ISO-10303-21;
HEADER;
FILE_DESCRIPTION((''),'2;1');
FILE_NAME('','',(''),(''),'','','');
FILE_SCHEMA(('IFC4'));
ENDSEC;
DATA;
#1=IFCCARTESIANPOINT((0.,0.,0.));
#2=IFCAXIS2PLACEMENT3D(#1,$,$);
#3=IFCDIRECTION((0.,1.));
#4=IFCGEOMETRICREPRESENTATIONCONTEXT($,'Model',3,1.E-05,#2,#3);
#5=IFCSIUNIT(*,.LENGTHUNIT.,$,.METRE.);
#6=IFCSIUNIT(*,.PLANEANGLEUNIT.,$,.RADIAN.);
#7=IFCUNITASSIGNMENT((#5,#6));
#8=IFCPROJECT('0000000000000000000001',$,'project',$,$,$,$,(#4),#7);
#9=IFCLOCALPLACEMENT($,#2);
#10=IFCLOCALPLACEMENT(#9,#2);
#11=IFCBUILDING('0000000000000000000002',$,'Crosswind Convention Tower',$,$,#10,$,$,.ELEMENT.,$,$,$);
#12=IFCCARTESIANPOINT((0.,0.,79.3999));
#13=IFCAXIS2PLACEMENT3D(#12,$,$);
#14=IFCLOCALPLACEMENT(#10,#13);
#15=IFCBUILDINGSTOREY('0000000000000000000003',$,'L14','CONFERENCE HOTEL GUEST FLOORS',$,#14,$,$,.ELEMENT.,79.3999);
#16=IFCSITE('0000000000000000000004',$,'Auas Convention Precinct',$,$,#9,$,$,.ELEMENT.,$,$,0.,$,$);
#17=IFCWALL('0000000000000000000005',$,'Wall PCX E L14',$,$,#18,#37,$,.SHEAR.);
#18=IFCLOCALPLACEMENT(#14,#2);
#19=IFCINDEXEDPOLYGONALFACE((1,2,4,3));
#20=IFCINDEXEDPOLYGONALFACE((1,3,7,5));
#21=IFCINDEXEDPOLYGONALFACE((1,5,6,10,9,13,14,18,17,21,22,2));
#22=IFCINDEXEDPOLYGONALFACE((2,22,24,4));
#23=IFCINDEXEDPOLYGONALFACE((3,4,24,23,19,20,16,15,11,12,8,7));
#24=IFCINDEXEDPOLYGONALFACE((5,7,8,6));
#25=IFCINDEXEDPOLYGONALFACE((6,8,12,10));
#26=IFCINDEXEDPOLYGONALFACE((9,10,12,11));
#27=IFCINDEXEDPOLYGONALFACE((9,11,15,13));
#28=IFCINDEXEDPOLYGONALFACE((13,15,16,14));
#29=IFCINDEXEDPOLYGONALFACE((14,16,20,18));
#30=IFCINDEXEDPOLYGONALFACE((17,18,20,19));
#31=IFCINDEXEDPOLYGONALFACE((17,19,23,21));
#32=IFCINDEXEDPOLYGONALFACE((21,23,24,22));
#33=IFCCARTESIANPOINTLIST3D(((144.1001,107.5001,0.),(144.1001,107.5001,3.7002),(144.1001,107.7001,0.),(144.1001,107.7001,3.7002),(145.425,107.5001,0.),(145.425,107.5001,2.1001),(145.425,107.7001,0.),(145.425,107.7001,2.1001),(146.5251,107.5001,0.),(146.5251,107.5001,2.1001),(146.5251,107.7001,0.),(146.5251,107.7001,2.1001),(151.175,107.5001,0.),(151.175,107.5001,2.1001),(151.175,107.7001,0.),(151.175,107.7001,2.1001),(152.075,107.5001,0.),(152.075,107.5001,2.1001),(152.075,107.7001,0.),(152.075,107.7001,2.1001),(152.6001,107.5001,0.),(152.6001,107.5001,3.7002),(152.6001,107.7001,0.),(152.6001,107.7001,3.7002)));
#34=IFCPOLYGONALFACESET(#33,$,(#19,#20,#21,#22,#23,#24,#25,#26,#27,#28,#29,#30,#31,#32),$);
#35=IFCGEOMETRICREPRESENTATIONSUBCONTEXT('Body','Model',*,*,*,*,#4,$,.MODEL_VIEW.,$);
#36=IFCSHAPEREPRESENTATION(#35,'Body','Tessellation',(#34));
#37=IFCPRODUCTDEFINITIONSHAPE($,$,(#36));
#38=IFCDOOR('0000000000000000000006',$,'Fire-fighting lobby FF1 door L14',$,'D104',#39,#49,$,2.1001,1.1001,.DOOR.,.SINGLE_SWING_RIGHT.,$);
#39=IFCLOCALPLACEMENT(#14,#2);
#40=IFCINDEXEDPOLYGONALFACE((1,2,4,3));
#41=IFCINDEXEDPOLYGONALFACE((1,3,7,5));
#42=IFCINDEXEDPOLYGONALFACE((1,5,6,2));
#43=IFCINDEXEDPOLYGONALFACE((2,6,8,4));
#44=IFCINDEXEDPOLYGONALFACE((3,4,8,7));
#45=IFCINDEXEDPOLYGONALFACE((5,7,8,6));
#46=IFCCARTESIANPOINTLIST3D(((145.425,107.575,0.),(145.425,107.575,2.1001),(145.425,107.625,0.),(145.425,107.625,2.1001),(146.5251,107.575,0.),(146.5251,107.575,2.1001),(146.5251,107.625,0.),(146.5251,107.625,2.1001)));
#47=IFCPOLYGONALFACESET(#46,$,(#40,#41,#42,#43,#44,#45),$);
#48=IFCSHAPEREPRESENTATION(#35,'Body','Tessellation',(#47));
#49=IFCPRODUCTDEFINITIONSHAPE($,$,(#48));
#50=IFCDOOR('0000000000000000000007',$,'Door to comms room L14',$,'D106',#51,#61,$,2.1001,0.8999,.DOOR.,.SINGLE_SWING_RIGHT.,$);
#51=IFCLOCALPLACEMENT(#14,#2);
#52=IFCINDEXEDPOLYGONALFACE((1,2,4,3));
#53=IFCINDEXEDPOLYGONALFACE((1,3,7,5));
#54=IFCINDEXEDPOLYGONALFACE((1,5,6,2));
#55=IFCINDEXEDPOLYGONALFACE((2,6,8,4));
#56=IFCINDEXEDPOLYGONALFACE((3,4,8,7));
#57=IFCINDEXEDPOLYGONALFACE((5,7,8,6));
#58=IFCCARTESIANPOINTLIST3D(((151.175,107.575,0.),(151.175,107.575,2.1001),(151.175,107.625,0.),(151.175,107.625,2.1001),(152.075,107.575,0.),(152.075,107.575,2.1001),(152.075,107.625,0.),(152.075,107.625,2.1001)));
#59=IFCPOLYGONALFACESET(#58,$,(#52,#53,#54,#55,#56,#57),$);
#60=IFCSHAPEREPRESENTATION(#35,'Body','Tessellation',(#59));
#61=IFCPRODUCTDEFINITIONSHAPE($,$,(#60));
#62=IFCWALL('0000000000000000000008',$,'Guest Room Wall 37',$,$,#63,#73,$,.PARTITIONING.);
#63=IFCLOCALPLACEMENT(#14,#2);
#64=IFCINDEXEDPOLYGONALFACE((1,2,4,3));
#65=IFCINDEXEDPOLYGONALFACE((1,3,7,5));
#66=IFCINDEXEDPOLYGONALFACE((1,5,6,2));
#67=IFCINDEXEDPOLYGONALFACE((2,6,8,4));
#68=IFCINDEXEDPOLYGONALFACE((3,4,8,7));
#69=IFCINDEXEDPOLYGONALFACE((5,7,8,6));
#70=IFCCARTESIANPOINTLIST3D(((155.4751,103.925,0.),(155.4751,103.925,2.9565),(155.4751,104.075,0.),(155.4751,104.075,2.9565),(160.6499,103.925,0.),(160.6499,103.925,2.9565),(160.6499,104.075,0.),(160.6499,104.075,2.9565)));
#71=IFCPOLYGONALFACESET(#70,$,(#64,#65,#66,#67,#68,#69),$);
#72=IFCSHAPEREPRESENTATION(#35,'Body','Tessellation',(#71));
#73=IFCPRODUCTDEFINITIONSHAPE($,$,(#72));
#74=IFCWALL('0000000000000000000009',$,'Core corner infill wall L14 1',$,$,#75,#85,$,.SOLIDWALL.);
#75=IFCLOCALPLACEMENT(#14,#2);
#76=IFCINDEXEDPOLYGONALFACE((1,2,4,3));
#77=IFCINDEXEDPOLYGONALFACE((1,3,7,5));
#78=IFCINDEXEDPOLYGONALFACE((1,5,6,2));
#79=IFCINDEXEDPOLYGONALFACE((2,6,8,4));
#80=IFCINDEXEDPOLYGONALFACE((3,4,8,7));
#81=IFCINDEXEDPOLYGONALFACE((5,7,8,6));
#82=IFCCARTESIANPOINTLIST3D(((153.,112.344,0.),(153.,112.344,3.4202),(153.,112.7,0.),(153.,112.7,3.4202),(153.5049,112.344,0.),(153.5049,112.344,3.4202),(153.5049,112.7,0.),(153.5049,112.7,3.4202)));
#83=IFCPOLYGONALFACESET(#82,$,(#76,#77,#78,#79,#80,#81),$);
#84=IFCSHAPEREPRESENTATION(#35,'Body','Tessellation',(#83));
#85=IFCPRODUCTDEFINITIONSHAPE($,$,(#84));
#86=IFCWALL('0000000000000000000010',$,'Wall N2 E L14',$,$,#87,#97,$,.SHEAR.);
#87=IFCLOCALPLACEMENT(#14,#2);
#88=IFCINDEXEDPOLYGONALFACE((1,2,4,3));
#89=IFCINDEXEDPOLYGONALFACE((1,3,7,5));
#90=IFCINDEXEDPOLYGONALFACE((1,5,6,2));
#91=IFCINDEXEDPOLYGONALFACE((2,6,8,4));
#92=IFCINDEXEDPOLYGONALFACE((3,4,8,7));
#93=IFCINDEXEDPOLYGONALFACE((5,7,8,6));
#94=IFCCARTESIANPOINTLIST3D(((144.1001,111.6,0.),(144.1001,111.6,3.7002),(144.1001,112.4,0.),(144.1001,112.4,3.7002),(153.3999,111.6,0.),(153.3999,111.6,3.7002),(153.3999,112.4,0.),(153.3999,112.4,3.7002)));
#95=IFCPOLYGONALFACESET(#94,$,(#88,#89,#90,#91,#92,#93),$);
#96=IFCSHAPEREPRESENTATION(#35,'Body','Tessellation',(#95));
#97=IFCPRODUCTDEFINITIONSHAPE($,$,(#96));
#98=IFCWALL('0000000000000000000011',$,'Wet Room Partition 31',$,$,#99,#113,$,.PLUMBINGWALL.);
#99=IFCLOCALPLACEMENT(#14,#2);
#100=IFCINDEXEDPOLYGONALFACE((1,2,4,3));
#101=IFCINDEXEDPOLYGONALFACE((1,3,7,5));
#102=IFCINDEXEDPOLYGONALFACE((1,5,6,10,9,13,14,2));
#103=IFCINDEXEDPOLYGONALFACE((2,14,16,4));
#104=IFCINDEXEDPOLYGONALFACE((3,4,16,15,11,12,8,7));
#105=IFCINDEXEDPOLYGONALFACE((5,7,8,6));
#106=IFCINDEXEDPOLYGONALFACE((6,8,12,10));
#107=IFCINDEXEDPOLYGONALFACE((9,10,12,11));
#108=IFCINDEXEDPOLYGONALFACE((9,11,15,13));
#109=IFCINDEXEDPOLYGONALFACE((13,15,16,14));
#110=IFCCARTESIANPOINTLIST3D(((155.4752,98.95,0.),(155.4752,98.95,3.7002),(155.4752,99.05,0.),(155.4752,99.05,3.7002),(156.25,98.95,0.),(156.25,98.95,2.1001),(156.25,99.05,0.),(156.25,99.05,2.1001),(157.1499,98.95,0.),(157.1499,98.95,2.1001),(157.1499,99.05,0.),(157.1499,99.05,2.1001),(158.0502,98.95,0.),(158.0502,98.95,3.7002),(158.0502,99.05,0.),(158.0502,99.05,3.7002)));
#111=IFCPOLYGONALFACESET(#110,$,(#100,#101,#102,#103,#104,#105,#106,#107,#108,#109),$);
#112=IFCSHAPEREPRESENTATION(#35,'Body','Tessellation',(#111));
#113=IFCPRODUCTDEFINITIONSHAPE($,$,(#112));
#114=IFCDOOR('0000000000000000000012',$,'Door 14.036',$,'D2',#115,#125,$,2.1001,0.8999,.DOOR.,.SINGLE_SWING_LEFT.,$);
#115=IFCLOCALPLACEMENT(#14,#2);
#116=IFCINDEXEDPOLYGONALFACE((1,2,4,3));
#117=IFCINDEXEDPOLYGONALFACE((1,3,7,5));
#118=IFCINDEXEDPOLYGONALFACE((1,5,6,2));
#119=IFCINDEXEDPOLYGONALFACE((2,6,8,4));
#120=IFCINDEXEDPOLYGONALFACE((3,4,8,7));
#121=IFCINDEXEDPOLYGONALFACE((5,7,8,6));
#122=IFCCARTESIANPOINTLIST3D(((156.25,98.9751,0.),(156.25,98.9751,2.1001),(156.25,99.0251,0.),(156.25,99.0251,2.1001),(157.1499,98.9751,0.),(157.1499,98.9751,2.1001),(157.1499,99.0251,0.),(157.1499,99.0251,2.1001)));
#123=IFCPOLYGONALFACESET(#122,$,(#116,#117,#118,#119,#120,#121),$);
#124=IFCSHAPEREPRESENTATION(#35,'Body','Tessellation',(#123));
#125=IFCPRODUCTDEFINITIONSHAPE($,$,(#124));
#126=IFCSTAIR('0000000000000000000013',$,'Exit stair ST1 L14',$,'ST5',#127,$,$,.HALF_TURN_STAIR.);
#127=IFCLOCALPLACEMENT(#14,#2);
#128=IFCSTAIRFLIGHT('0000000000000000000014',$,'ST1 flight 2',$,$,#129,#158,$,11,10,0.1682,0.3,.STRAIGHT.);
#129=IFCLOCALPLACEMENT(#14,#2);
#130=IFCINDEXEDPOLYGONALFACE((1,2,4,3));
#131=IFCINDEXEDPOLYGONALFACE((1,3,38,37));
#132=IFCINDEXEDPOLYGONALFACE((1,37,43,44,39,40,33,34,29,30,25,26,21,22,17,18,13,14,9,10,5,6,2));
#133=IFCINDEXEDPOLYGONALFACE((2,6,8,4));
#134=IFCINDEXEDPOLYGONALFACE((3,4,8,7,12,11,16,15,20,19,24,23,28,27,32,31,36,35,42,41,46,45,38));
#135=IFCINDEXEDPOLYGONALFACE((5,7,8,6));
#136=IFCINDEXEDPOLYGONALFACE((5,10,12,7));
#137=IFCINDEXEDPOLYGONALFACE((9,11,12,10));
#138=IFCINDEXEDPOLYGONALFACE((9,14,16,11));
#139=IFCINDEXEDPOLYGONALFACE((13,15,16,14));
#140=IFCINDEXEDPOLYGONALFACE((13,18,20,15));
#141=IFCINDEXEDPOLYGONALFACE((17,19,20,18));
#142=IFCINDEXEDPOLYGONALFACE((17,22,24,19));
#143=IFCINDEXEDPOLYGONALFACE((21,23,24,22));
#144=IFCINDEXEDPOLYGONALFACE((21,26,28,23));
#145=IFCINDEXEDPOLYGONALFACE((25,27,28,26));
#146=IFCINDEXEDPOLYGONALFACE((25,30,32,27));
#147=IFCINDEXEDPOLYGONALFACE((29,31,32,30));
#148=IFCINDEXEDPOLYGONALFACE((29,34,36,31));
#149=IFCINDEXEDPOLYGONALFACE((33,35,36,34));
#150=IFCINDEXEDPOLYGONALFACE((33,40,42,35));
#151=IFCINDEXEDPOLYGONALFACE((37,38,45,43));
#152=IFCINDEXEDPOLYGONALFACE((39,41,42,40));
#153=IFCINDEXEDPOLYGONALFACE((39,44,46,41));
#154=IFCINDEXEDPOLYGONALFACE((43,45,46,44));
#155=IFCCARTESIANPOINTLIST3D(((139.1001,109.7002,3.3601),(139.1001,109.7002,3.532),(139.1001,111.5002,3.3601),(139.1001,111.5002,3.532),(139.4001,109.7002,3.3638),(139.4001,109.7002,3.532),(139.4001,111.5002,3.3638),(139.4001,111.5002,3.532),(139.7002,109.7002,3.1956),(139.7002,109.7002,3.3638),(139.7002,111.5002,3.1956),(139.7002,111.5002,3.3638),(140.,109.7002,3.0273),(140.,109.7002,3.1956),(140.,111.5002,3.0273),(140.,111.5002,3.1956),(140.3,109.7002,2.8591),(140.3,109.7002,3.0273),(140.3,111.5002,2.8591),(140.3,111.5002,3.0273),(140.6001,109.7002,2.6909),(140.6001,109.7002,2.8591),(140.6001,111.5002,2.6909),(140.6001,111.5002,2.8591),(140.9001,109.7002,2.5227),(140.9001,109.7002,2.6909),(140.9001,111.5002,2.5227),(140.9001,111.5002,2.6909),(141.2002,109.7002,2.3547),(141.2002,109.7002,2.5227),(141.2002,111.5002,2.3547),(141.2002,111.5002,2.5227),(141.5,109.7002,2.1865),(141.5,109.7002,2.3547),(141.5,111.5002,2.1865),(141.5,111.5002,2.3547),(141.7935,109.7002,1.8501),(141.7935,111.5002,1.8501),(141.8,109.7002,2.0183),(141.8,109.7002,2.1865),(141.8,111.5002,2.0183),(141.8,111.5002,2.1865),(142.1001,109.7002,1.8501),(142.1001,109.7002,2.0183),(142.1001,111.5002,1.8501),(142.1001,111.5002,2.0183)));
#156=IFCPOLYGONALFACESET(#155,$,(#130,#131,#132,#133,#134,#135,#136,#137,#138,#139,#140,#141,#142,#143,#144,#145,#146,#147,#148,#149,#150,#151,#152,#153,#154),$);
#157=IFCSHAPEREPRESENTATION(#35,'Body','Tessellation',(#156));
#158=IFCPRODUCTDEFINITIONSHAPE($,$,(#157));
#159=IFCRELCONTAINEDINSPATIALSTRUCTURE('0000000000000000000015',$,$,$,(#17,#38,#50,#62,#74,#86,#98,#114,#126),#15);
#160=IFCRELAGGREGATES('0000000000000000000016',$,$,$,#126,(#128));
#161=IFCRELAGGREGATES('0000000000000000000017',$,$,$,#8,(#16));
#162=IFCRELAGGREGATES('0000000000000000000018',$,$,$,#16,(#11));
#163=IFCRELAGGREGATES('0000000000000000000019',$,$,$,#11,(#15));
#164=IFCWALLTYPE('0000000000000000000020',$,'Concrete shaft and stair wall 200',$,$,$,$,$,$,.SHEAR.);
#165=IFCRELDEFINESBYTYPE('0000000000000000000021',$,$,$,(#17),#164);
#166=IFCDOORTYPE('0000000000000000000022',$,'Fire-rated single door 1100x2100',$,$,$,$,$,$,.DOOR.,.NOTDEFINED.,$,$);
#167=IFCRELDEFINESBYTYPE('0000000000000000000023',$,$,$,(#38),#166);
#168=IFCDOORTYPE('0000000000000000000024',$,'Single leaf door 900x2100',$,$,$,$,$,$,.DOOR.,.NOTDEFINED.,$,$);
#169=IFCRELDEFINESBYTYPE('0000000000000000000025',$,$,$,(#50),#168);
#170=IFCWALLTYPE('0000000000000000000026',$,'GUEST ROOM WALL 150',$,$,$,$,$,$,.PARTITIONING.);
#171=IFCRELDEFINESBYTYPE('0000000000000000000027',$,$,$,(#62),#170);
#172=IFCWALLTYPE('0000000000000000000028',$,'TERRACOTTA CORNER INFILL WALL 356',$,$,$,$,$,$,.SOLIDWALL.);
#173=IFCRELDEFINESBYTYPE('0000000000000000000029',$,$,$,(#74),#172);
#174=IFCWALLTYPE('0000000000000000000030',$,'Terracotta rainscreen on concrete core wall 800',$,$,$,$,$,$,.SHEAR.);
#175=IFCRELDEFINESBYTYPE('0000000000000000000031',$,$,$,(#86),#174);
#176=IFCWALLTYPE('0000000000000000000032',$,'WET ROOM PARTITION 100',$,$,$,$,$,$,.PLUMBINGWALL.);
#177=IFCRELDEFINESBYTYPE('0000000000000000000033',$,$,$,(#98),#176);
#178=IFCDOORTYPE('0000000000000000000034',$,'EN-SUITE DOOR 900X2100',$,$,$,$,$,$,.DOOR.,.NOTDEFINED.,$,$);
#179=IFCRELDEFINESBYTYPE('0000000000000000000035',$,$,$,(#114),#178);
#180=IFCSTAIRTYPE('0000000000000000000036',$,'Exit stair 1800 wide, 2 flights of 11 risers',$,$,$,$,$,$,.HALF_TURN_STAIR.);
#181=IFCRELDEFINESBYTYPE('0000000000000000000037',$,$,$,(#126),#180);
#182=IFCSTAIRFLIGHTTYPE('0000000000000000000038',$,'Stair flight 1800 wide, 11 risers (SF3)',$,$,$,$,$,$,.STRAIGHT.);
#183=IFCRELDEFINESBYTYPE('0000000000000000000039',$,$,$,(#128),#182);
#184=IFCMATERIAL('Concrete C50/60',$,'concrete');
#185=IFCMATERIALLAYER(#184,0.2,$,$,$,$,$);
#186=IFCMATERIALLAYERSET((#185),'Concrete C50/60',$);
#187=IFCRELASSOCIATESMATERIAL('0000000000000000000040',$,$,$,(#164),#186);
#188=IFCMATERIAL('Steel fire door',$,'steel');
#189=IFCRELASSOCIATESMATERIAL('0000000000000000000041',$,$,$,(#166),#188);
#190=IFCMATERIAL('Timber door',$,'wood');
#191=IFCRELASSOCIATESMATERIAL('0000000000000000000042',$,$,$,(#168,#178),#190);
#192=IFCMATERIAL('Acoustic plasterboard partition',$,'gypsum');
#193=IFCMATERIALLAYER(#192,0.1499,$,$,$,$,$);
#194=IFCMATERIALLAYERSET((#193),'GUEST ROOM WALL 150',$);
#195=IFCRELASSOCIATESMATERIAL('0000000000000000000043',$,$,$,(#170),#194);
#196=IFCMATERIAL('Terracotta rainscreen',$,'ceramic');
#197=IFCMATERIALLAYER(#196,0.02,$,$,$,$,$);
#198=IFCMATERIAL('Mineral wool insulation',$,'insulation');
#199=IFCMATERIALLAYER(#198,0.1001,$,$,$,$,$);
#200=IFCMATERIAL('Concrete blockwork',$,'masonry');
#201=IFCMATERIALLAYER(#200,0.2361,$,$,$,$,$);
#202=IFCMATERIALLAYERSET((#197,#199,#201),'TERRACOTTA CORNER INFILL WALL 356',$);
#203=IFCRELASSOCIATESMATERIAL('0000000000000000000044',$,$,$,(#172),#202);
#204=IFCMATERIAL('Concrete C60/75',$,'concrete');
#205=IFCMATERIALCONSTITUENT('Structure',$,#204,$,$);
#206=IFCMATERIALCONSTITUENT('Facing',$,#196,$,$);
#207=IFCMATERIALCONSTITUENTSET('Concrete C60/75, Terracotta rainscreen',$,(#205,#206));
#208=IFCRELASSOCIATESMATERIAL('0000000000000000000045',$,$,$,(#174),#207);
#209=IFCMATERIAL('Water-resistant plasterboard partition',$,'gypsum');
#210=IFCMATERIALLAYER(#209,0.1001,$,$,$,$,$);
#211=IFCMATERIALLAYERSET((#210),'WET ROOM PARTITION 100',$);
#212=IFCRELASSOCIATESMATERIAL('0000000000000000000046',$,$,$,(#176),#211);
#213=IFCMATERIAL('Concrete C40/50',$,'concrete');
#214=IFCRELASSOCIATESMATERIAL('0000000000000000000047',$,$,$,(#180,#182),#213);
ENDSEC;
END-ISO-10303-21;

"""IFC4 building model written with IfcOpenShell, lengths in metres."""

from ifc_helpers import new_model, si_unit, direction, frame, frame_2d, origin, place, context, subcontext, project, spatial, polyline, rectangle, outline, extrude, material, layer, layer_set, constituent, constituent_set, type_object, element, fill, aggregate, save


model = new_model("IFC4")

# Units and contexts
model_context = context("Model", 3, precision=1e-05, world=origin(), true_north=direction((0.0, 1.0)))
body_context = subcontext(model_context, "Body", "Model", "MODEL_VIEW")
ifc_project = project(units=[si_unit("LENGTHUNIT", "METRE"), si_unit("PLANEANGLEUNIT", "RADIAN")], contexts=[model_context])

# Site, building, storey
site_placement = place(None, origin())
site = spatial("IfcSite", under=ifc_project, at=site_placement, Name="Auas Convention Precinct", CompositionType="ELEMENT", RefElevation=0.0)
building_placement = place(site_placement, origin())
building = spatial("IfcBuilding", under=site, at=building_placement, Name="Crosswind Convention Tower", CompositionType="ELEMENT")
storey_placement = place(building_placement, frame((0.0, 0.0, 79.3999)))
storey = spatial("IfcBuildingStorey", under=building, at=storey_placement, Name="L14", Description="CONFERENCE HOTEL GUEST FLOORS", CompositionType="ELEMENT", Elevation=79.3999)

# Shared definitions
ifc_material_1 = material(Name="Concrete C50/60", Category="concrete")
ifc_layer_1 = layer(ifc_material_1, 0.2)
ifc_layer_set_1 = layer_set([ifc_layer_1], Name="Concrete C50/60")
wall_type_1 = type_object("IfcWallType", Name="Concrete shaft and stair wall 200", PredefinedType="SHEAR", material=ifc_layer_set_1)

# Wall, openings, doors
wall_1_placement = place(storey_placement, frame((144.1001, 107.6001, 0.0), z_axis=(0.0, 0.0, 1.0), x_axis=(1.0, 0.0, 0.0)))
wall_1 = element("IfcWall", 1, at=wall_1_placement, inside=storey, type_object=wall_type_1, Name="Wall PCX E L14", PredefinedType="SHEAR", context=body_context, shape_type="SweptSolid", body=[
    extrude(rectangle(XDim=8.5, YDim=0.2, at=frame_2d((4.25, 0.0))), origin(), (0.0, 0.0, 1.0), 3.7002),
])
opening_1_placement = place(wall_1_placement, frame((1.325, 0.0, 0.0)))
opening_1 = element("IfcOpeningElement", 2, at=opening_1_placement, cuts=wall_1, PredefinedType="OPENING", context=body_context, shape_type="SweptSolid", body=[
    extrude(rectangle(XDim=1.1001, YDim=2.1001, at=frame_2d((0.55, 1.05))), frame((0.0, 0.1099, 0.0), z_axis=(0.0, -1.0, 0.0), x_axis=(1.0, 0.0, 0.0)), (0.0, 0.0, 1.0), 0.22),
])
opening_2_placement = place(wall_1_placement, frame((7.075, 0.0, 0.0)))
opening_2 = element("IfcOpeningElement", 3, at=opening_2_placement, cuts=wall_1, PredefinedType="OPENING", context=body_context, shape_type="SweptSolid", body=[
    extrude(rectangle(XDim=0.8999, YDim=2.1001, at=frame_2d((0.45, 1.05))), frame((0.0, 0.1099, 0.0), z_axis=(0.0, -1.0, 0.0), x_axis=(1.0, 0.0, 0.0)), (0.0, 0.0, 1.0), 0.22),
])
ifc_material_2 = material(Name="Steel fire door", Category="steel")
door_type_1 = type_object("IfcDoorType", Name="Fire-rated single door 1100x2100", OperationType="NOTDEFINED", PredefinedType="DOOR", material=ifc_material_2)
door_1_placement = place(opening_1_placement, origin())
door_1 = element("IfcDoor", 4, at=door_1_placement, inside=storey, type_object=door_type_1, Name="Fire-fighting lobby FF1 door L14", ObjectType="D104", OperationType="SINGLE_SWING_RIGHT", OverallHeight=2.1001, OverallWidth=1.1001, PredefinedType="DOOR", context=body_context, shape_type="SweptSolid", body=[
    extrude(rectangle(XDim=1.1001, YDim=2.1001, at=frame_2d((0.55, 1.05))), frame((0.0, 0.0249, 0.0), z_axis=(0.0, -1.0, 0.0), x_axis=(1.0, 0.0, 0.0)), (0.0, 0.0, 1.0), 0.05),
])
fill(opening_1, door_1)
ifc_material_3 = material(Name="Timber door", Category="wood")
door_type_2 = type_object("IfcDoorType", Name="Single leaf door 900x2100", OperationType="NOTDEFINED", PredefinedType="DOOR", material=ifc_material_3)
door_2_placement = place(opening_2_placement, origin())
door_2 = element("IfcDoor", 5, at=door_2_placement, inside=storey, type_object=door_type_2, Name="Door to comms room L14", ObjectType="D106", OperationType="SINGLE_SWING_RIGHT", OverallHeight=2.1001, OverallWidth=0.8999, PredefinedType="DOOR", context=body_context, shape_type="SweptSolid", body=[
    extrude(rectangle(XDim=0.8999, YDim=2.1001, at=frame_2d((0.45, 1.05))), frame((0.0, 0.0249, 0.0), z_axis=(0.0, -1.0, 0.0), x_axis=(1.0, 0.0, 0.0)), (0.0, 0.0, 1.0), 0.05),
])
fill(opening_2, door_2)

# Walls
ifc_material_4 = material(Name="Acoustic plasterboard partition", Category="gypsum")
ifc_layer_2 = layer(ifc_material_4, 0.1499)
ifc_layer_set_2 = layer_set([ifc_layer_2], Name="GUEST ROOM WALL 150")
wall_type_2 = type_object("IfcWallType", Name="GUEST ROOM WALL 150", PredefinedType="PARTITIONING", material=ifc_layer_set_2)
wall_2_placement = place(storey_placement, frame((155.4751, 104.0, 0.0), z_axis=(0.0, 0.0, 1.0), x_axis=(1.0, 0.0, 0.0)))
element("IfcWall", 6, at=wall_2_placement, inside=storey, type_object=wall_type_2, Name="Guest Room Wall 37", PredefinedType="PARTITIONING", context=body_context, shape_type="SweptSolid", body=[
    extrude(rectangle(XDim=5.1748, YDim=0.1499, at=frame_2d((2.5874, 0.0))), origin(), (0.0, 0.0, 1.0), 2.9565),
])
ifc_material_5 = material(Name="Terracotta rainscreen", Category="ceramic")
ifc_layer_3 = layer(ifc_material_5, 0.02)
ifc_material_6 = material(Name="Mineral wool insulation", Category="insulation")
ifc_layer_4 = layer(ifc_material_6, 0.1001)
ifc_material_7 = material(Name="Concrete blockwork", Category="masonry")
ifc_layer_5 = layer(ifc_material_7, 0.2361)
ifc_layer_set_3 = layer_set([ifc_layer_3, ifc_layer_4, ifc_layer_5], Name="TERRACOTTA CORNER INFILL WALL 356")
wall_type_3 = type_object("IfcWallType", Name="TERRACOTTA CORNER INFILL WALL 356", PredefinedType="SOLIDWALL", material=ifc_layer_set_3)
wall_3_placement = place(storey_placement, frame((153.0, 112.522, 0.0), z_axis=(0.0, 0.0, 1.0), x_axis=(1.0, 0.0, 0.0)))
element("IfcWall", 7, at=wall_3_placement, inside=storey, type_object=wall_type_3, Name="Core corner infill wall L14 1", PredefinedType="SOLIDWALL", context=body_context, shape_type="SweptSolid", body=[
    extrude(rectangle(XDim=0.5049, YDim=0.356, at=frame_2d((0.2524, 0.0))), origin(), (0.0, 0.0, 1.0), 3.4202),
])
ifc_material_8 = material(Name="Concrete C60/75", Category="concrete")
ifc_constituent_1 = constituent(ifc_material_8, Name="Structure")
ifc_constituent_2 = constituent(ifc_material_5, Name="Facing")
ifc_constituent_set = constituent_set(constituents=[ifc_constituent_1, ifc_constituent_2], Name="Concrete C60/75, Terracotta rainscreen")
wall_type_4 = type_object("IfcWallType", Name="Terracotta rainscreen on concrete core wall 800", PredefinedType="SHEAR", material=ifc_constituent_set)
wall_4_placement = place(storey_placement, frame((144.1001, 112.0, 0.0), z_axis=(0.0, 0.0, 1.0), x_axis=(1.0, 0.0, 0.0)))
element("IfcWall", 8, at=wall_4_placement, inside=storey, type_object=wall_type_4, Name="Wall N2 E L14", PredefinedType="SHEAR", context=body_context, shape_type="SweptSolid", body=[
    extrude(rectangle(XDim=9.2998, YDim=0.8, at=frame_2d((4.6499, 0.0))), origin(), (0.0, 0.0, 1.0), 3.7002),
])

# Wall, opening, door
ifc_material_9 = material(Name="Water-resistant plasterboard partition", Category="gypsum")
ifc_layer_6 = layer(ifc_material_9, 0.1001)
ifc_layer_set_4 = layer_set([ifc_layer_6], Name="WET ROOM PARTITION 100")
wall_type_5 = type_object("IfcWallType", Name="WET ROOM PARTITION 100", PredefinedType="PLUMBINGWALL", material=ifc_layer_set_4)
wall_5_placement = place(storey_placement, frame((155.4751, 99.0, 0.0), z_axis=(0.0, 0.0, 1.0), x_axis=(1.0, 0.0, 0.0)))
wall_5 = element("IfcWall", 9, at=wall_5_placement, inside=storey, type_object=wall_type_5, Name="Wet Room Partition 31", PredefinedType="PLUMBINGWALL", context=body_context, shape_type="SweptSolid", body=[
    extrude(rectangle(XDim=2.575, YDim=0.1001, at=frame_2d((1.2876, 0.0))), origin(), (0.0, 0.0, 1.0), 3.7002),
])
opening_3_placement = place(wall_5_placement, frame((0.7749, 0.0, 0.0)))
opening_3 = element("IfcOpeningElement", 10, at=opening_3_placement, cuts=wall_5, PredefinedType="OPENING", context=body_context, shape_type="SweptSolid", body=[
    extrude(rectangle(XDim=0.8999, YDim=2.1001, at=frame_2d((0.45, 1.05))), frame((0.0, 0.0601, 0.0), z_axis=(0.0, -1.0, 0.0), x_axis=(1.0, 0.0, 0.0)), (0.0, 0.0, 1.0), 0.1201),
])
door_type_3 = type_object("IfcDoorType", Name="EN-SUITE DOOR 900X2100", OperationType="NOTDEFINED", PredefinedType="DOOR", material=ifc_material_3)
door_3_placement = place(opening_3_placement, frame((0.8999, 0.0, 0.0), z_axis=(0.0, 0.0, 1.0), x_axis=(-1.0, 0.0, 0.0)))
door_3 = element("IfcDoor", 11, at=door_3_placement, inside=storey, type_object=door_type_3, Name="Door 14.036", ObjectType="D2", OperationType="SINGLE_SWING_LEFT", OverallHeight=2.1001, OverallWidth=0.8999, PredefinedType="DOOR", context=body_context, shape_type="SweptSolid", body=[
    extrude(rectangle(XDim=0.8999, YDim=2.1001, at=frame_2d((0.45, 1.05))), frame((0.0, 0.0249, 0.0), z_axis=(0.0, -1.0, 0.0), x_axis=(1.0, 0.0, 0.0)), (0.0, 0.0, 1.0), 0.05),
])
fill(opening_3, door_3)

# Stair, stair flight
ifc_material_10 = material(Name="Concrete C40/50", Category="concrete")
stair_type = type_object("IfcStairType", Name="Exit stair 1800 wide, 2 flights of 11 risers", PredefinedType="HALF_TURN_STAIR", material=ifc_material_10)
stair_placement = place(storey_placement, origin())
stair = element("IfcStair", 12, at=stair_placement, inside=storey, type_object=stair_type, Name="Exit stair ST1 L14", ObjectType="ST5", PredefinedType="HALF_TURN_STAIR")
stair_flight_type = type_object("IfcStairFlightType", Name="Stair flight 1800 wide, 11 risers (SF3)", PredefinedType="STRAIGHT", material=ifc_material_10)
stair_flight_placement = place(storey_placement, frame((142.1001, 110.6001, 1.8501), z_axis=(0.0, 0.0, 1.0), x_axis=(-1.0, 0.0, 0.0)))
stair_flight = element("IfcStairFlight", 13, at=stair_flight_placement, type_object=stair_flight_type, Name="ST1 flight 2", NumberOfRisers=11, NumberOfTreads=10, PredefinedType="STRAIGHT", RiserHeight=0.1682, TreadLength=0.3, context=body_context, shape_type="SweptSolid", body=[
    extrude(outline(polyline([(0.0, 0.0), (0.0, 0.1682), (0.3, 0.1682), (0.3, 0.3364), (0.6001, 0.3364), (0.6001, 0.5046), (0.8999, 0.5046), (0.8999, 0.6726), (1.2, 0.6726), (1.2, 0.8408), (1.5, 0.8408), (1.5, 1.009), (1.8, 1.009), (1.8, 1.1772), (2.1001, 1.1772), (2.1001, 1.3455), (2.3999, 1.3455), (2.3999, 1.5137), (2.7, 1.5137), (2.7, 1.6819), (3.0, 1.6819), (3.0, 1.8501), (3.0, 1.51), (0.3066, 0.0), (0.0, 0.0)])), frame((0.0, 0.8999, 0.0), z_axis=(0.0, -1.0, 0.0), x_axis=(1.0, 0.0, 0.0)), (0.0, 0.0, 1.0), 1.8),
])
aggregate(stair, [stair_flight])

save(model, "model.ifc")
